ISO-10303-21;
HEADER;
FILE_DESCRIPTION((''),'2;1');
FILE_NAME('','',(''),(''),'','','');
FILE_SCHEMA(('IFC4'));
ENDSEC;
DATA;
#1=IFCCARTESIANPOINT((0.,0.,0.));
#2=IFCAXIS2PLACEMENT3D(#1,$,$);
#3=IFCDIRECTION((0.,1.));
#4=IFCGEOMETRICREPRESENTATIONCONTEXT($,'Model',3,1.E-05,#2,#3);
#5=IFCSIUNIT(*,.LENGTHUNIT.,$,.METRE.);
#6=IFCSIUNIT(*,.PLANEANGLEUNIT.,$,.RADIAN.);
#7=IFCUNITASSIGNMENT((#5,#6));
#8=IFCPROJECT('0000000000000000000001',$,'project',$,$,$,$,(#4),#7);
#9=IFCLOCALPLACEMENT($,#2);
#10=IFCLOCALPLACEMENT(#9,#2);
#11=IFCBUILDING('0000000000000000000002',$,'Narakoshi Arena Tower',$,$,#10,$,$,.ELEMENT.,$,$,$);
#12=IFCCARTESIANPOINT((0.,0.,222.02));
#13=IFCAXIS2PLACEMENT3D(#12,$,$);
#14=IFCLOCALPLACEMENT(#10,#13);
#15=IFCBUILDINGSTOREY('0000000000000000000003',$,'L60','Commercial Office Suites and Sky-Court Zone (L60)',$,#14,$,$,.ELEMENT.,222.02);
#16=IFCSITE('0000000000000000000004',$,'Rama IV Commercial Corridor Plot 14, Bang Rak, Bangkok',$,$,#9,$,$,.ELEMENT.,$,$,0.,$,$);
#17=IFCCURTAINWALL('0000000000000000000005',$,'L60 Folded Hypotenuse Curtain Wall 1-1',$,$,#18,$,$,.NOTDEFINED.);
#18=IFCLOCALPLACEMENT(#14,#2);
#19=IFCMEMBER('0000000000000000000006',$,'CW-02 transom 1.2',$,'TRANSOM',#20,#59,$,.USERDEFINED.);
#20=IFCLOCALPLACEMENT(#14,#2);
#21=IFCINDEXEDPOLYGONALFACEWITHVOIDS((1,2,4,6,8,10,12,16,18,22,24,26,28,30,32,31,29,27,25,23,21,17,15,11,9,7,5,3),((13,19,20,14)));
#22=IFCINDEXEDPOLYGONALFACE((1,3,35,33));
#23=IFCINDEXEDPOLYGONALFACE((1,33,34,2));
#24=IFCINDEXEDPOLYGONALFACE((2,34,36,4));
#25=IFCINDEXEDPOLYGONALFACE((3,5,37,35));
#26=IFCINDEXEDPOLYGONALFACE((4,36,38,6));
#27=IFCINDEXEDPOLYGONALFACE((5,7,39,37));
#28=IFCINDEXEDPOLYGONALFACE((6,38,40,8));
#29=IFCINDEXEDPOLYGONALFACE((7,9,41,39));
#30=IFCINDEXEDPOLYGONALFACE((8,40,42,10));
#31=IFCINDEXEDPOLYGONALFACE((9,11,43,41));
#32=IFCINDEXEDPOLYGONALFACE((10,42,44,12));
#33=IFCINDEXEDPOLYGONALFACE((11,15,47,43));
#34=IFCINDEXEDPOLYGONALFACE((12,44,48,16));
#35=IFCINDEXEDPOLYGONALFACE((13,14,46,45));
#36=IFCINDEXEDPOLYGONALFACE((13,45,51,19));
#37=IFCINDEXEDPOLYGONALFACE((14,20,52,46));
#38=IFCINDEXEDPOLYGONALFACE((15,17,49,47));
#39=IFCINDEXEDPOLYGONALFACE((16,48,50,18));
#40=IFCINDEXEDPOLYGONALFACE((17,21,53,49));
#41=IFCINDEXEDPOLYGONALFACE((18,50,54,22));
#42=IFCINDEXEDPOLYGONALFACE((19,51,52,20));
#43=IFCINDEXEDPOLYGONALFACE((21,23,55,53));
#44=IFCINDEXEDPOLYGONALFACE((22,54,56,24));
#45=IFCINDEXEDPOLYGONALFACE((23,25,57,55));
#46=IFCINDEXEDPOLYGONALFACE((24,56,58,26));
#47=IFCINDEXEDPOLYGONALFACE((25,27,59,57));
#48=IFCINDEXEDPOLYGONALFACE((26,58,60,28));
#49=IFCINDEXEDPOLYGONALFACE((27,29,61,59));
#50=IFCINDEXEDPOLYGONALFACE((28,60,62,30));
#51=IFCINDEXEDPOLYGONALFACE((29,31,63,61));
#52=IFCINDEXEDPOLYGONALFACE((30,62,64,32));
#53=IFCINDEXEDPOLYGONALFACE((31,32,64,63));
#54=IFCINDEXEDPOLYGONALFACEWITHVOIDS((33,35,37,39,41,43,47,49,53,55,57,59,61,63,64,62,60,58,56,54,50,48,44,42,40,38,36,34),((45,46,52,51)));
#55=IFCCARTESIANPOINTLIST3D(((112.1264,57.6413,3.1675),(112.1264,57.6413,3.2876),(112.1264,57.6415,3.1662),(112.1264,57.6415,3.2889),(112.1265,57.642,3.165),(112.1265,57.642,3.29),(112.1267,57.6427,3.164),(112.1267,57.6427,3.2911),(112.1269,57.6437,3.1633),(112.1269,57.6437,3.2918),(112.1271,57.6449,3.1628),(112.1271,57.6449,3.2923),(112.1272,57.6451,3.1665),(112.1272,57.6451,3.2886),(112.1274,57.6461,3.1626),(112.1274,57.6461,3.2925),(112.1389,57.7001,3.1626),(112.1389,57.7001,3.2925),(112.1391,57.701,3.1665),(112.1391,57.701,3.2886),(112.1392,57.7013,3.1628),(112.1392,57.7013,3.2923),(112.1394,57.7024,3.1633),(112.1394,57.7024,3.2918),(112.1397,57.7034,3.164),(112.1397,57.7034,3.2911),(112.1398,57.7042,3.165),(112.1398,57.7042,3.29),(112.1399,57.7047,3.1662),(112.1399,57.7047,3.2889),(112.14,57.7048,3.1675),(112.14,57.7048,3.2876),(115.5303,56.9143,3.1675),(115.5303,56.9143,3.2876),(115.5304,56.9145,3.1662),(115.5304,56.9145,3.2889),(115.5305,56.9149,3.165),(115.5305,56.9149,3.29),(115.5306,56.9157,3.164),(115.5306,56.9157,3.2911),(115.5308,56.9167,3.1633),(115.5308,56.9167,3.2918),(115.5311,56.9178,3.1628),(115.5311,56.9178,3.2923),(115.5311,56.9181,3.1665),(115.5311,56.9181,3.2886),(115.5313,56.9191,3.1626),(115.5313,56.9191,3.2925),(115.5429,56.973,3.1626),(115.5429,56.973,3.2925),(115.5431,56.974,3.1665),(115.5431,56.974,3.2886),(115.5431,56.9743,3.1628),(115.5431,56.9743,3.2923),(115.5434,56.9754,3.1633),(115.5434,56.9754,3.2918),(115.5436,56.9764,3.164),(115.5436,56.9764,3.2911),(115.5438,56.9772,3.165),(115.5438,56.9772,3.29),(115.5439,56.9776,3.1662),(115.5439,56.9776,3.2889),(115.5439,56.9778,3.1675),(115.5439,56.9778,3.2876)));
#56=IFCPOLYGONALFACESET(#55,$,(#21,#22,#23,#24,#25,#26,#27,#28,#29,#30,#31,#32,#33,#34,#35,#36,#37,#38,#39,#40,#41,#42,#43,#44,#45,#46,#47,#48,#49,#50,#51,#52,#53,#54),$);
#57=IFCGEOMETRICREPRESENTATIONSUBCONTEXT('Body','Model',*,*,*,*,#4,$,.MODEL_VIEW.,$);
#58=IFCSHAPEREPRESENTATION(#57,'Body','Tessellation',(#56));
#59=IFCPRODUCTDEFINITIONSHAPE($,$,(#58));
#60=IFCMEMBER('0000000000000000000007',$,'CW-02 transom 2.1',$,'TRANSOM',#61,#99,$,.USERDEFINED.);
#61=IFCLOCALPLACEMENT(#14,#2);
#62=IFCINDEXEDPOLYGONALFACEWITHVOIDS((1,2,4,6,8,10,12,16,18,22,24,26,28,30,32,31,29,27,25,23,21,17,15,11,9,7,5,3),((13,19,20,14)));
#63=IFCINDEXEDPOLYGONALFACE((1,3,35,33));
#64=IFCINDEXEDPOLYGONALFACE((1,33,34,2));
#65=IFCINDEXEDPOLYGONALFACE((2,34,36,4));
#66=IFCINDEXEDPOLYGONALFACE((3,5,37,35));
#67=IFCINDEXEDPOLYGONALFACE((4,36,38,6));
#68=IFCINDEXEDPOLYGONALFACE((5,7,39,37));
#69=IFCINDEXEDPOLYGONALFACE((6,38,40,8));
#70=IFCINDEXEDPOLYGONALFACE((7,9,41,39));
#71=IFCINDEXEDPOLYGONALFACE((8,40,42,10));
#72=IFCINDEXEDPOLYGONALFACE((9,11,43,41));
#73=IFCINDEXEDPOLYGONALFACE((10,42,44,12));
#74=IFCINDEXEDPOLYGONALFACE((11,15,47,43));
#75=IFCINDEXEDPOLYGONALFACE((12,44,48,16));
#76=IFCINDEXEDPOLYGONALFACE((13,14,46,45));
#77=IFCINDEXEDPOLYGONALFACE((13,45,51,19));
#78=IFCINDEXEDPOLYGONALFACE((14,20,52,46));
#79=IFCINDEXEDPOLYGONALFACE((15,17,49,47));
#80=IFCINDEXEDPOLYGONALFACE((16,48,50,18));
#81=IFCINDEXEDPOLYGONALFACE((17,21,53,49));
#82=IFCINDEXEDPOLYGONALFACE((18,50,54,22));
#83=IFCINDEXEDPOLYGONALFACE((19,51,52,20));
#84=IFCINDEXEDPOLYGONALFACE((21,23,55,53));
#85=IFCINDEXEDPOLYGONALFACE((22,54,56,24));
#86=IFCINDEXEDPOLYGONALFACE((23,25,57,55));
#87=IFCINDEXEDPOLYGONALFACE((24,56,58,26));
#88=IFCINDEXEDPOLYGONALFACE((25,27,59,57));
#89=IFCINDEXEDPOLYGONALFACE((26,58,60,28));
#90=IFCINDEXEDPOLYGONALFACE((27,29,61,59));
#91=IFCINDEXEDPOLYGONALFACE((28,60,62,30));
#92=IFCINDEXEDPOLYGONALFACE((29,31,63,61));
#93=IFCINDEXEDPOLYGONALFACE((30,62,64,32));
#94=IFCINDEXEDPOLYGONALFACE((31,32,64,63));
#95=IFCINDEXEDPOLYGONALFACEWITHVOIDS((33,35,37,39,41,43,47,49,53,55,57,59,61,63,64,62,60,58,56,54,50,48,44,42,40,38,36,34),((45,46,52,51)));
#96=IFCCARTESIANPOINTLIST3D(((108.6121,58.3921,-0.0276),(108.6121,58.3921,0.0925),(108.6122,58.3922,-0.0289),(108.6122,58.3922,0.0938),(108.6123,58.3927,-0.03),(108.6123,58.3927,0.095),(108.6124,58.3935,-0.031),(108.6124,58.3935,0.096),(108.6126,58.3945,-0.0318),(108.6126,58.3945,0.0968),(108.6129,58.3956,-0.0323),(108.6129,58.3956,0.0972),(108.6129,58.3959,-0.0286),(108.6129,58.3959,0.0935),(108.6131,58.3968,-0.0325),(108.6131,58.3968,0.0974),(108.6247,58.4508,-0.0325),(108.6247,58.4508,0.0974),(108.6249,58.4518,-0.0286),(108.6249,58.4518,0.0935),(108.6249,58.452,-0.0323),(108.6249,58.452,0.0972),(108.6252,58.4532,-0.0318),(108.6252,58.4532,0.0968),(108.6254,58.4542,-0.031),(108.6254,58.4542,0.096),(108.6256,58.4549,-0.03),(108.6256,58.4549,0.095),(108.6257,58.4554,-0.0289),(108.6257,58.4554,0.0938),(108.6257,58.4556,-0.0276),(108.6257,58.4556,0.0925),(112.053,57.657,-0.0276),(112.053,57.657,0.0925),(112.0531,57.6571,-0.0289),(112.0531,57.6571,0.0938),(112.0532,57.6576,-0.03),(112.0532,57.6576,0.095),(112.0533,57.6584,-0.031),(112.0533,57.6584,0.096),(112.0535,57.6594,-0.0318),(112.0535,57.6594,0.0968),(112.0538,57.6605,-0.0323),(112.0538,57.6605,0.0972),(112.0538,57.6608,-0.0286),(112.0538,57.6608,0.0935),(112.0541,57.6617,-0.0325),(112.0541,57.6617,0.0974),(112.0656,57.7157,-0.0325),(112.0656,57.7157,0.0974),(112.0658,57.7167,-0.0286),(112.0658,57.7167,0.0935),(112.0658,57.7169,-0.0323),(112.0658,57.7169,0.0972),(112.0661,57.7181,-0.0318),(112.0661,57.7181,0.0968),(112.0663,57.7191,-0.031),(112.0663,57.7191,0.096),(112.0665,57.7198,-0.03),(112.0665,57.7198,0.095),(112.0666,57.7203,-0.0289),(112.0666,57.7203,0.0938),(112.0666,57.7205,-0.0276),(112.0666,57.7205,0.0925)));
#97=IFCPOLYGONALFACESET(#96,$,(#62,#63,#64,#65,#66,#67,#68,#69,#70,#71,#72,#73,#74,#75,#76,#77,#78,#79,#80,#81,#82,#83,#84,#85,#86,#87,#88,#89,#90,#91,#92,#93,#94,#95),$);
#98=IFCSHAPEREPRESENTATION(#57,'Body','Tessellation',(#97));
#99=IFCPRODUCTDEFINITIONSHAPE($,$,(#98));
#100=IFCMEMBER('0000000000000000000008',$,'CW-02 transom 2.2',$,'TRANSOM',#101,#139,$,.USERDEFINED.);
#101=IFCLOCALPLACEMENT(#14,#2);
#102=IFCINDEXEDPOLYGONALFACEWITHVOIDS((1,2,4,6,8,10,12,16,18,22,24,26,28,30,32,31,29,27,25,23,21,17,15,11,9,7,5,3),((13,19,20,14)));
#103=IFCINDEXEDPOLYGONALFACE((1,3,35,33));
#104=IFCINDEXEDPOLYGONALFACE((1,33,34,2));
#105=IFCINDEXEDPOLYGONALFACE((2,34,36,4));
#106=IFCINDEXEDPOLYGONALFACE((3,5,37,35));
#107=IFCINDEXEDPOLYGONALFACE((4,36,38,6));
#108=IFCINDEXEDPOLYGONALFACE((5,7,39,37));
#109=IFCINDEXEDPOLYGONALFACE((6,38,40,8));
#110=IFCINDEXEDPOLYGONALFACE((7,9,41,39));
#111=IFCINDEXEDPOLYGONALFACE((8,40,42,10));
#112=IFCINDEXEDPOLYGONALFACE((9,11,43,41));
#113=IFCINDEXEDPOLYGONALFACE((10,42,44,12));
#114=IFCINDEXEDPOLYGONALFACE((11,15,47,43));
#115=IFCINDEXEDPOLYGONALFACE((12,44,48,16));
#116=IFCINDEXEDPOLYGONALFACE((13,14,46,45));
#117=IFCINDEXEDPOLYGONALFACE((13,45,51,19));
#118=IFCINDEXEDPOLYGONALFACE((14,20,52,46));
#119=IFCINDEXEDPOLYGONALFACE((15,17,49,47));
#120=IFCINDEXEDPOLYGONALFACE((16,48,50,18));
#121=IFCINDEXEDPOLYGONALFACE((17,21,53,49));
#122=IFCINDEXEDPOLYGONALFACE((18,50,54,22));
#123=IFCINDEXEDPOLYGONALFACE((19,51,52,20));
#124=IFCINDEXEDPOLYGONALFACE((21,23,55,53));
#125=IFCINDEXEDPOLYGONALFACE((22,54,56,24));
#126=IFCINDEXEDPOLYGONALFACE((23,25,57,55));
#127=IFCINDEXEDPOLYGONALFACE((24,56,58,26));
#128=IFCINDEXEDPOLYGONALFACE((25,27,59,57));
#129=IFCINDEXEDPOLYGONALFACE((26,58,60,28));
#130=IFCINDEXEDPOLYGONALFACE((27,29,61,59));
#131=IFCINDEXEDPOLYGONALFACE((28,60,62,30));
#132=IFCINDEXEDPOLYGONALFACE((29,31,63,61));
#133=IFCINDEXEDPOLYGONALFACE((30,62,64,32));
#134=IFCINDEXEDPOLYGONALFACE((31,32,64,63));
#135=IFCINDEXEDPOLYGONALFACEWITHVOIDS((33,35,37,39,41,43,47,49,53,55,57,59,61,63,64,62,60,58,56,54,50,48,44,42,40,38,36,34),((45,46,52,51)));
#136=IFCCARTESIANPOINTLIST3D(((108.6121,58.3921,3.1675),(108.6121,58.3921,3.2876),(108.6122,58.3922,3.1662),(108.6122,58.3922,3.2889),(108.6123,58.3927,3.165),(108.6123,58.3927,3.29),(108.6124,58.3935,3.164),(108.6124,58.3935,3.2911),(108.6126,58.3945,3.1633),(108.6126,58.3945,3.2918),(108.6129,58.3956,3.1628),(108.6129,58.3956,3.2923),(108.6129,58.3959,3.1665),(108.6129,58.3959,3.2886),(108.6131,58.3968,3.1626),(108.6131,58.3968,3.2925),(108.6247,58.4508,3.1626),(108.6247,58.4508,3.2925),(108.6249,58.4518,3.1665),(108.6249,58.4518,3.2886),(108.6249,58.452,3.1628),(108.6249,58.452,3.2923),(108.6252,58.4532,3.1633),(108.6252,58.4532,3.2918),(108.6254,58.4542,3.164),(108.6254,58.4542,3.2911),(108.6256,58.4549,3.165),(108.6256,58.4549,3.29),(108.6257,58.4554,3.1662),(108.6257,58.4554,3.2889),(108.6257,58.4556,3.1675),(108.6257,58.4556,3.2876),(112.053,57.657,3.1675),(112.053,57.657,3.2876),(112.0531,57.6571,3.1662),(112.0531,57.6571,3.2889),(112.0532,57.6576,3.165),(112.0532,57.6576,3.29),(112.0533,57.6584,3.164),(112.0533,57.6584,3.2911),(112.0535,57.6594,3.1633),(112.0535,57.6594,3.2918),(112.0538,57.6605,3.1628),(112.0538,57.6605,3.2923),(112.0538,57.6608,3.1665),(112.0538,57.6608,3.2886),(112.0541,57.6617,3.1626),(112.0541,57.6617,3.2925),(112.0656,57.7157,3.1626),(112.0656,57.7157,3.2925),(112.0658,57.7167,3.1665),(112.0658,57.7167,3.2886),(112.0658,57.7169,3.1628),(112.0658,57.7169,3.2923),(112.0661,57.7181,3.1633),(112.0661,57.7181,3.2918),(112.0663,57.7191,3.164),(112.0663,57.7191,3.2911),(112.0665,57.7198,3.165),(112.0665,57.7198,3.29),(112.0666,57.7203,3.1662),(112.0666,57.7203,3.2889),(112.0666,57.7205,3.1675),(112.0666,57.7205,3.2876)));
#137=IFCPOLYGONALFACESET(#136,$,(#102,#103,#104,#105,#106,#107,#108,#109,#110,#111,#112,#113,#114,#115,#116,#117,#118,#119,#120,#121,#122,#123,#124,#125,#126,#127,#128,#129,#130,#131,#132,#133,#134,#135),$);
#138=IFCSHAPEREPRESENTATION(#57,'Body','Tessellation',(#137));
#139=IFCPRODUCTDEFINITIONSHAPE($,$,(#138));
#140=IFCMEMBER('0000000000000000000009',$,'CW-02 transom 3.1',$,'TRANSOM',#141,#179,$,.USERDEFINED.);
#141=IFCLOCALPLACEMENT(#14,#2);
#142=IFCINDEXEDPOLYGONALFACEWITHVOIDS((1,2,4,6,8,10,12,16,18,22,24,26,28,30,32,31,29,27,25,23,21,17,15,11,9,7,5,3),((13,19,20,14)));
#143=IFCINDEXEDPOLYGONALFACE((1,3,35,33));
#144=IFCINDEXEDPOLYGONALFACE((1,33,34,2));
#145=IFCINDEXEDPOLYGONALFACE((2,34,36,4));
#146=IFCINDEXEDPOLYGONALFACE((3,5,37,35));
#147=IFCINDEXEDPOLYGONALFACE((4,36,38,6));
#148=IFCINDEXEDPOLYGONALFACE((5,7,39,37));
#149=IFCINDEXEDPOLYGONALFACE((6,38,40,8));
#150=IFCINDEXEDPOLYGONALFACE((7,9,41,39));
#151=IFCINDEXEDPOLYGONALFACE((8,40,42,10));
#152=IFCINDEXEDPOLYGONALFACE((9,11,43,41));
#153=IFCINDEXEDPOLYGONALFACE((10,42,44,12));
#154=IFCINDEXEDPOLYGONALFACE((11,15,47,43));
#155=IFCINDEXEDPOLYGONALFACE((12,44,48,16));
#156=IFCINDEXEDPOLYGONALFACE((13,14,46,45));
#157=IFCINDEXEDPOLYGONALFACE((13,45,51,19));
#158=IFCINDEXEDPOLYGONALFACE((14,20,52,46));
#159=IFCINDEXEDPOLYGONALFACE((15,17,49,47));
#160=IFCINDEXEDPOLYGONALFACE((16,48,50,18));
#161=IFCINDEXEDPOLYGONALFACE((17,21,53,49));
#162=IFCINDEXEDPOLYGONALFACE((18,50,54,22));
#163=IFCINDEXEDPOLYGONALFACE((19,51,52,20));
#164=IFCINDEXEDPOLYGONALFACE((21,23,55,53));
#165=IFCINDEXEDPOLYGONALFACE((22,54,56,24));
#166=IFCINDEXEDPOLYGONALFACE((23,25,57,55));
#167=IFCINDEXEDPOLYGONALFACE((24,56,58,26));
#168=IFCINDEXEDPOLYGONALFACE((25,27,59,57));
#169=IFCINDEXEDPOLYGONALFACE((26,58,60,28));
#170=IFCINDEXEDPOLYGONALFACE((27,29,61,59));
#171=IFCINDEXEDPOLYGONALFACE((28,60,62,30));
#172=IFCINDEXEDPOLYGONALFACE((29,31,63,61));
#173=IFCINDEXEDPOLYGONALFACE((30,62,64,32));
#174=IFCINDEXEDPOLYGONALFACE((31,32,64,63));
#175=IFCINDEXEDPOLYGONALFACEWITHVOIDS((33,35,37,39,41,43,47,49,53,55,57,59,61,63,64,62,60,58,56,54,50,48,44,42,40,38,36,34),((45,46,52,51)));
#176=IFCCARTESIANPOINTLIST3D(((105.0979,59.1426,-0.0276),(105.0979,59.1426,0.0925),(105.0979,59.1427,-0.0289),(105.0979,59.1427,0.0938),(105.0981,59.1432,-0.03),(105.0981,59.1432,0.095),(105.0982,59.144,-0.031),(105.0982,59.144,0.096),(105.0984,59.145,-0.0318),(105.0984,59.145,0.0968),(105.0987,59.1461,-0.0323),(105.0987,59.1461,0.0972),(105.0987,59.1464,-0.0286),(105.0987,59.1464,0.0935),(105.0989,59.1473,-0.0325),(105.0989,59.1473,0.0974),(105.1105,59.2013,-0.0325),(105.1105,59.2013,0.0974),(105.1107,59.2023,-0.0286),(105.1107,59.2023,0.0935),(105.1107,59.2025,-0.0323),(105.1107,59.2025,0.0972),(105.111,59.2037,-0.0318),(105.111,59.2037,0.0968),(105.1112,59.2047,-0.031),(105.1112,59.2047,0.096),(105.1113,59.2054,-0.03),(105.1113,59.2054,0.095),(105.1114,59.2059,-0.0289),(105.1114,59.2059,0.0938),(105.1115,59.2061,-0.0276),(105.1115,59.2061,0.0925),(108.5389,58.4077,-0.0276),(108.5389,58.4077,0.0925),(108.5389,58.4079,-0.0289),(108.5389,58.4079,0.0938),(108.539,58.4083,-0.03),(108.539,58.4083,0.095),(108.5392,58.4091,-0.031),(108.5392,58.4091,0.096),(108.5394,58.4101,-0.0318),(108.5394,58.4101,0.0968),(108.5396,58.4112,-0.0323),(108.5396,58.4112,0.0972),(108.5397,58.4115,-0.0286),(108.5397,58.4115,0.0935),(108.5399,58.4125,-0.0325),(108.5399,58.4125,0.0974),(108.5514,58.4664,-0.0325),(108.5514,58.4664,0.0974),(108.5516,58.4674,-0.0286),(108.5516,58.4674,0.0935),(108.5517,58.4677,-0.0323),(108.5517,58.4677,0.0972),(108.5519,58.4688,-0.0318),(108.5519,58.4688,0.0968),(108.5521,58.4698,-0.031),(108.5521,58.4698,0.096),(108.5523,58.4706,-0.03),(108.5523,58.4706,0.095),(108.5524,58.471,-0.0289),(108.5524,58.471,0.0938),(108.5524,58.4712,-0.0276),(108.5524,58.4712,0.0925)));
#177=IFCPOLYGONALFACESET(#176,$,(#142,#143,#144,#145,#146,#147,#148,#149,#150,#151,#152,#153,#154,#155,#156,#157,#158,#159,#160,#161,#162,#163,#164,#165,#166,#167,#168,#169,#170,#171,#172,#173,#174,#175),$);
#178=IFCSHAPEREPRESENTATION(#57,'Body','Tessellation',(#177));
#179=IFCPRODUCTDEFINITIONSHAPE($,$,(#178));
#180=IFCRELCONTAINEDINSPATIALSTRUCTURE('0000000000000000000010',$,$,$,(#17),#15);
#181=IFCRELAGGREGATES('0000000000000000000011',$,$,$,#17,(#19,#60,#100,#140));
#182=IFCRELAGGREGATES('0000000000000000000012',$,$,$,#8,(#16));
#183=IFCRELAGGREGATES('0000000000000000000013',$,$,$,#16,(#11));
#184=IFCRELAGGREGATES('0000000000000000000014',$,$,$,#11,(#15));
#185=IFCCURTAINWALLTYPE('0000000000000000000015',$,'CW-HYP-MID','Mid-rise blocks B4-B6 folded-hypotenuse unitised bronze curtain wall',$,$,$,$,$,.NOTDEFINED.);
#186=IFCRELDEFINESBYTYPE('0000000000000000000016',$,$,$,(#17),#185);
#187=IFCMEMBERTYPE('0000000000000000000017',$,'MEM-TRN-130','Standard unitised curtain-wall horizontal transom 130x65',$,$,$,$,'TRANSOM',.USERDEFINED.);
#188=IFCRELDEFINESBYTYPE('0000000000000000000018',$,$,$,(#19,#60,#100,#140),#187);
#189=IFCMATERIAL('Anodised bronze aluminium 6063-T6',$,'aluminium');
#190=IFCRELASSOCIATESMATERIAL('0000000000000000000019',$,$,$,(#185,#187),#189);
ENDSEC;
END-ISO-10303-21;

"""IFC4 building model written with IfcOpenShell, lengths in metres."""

from ifc_helpers import new_model, si_unit, direction, frame, origin, origin_2d, place, context, subcontext, project, spatial, hollow_rectangle, extrude, material, material_profile, profile_set, type_object, element, aggregate, save


model = new_model("IFC4")

# Units and contexts
model_context = context("Model", 3, precision=1e-05, world=origin(), true_north=direction((0.0, 1.0)))
body_context = subcontext(model_context, "Body", "Model", "MODEL_VIEW")
ifc_project = project(units=[si_unit("LENGTHUNIT", "METRE"), si_unit("PLANEANGLEUNIT", "RADIAN")], contexts=[model_context])

# Site, building, storey
site_placement = place(None, origin())
site = spatial("IfcSite", under=ifc_project, at=site_placement, Name="Rama IV Commercial Corridor Plot 14, Bang Rak, Bangkok", CompositionType="ELEMENT", RefElevation=0.0)
building_placement = place(site_placement, origin())
building = spatial("IfcBuilding", under=site, at=building_placement, Name="Narakoshi Arena Tower", CompositionType="ELEMENT")
storey_placement = place(building_placement, frame((0.0, 0.0, 222.02)))
storey = spatial("IfcBuildingStorey", under=building, at=storey_placement, Name="L60", Description="Commercial Office Suites and Sky-Court Zone (L60)", CompositionType="ELEMENT", Elevation=222.02)

# Curtain wall, members
ifc_material_1 = material(Name="Anodised bronze aluminium 6063-T6", Category="aluminium")
curtain_wall_type = type_object("IfcCurtainWallType", Name="CW-HYP-MID", Description="Mid-rise blocks B4-B6 folded-hypotenuse unitised bronze curtain wall", PredefinedType="NOTDEFINED", material=ifc_material_1)
curtain_wall_placement = place(storey_placement, origin())
curtain_wall = element("IfcCurtainWall", 1, at=curtain_wall_placement, inside=storey, type_object=curtain_wall_type, Name="L60 Folded Hypotenuse Curtain Wall 1-1", PredefinedType="NOTDEFINED")
ifc_material_profile_1 = material_profile(ifc_material_1, hollow_rectangle(XDim=0.0649, YDim=0.1299, WallThickness=0.0039, OuterFilletRadius=0.0049, at=origin_2d()), Name="TRN130x65x4")
ifc_profile_set_1 = profile_set([ifc_material_profile_1], Name="Anodised bronze aluminium 6063-T6")
member_type_1 = type_object("IfcMemberType", Name="MEM-TRN-130", Description="Standard unitised curtain-wall horizontal transom 130x65", ElementType="TRANSOM", PredefinedType="USERDEFINED", material=ifc_profile_set_1)
member_1_placement = place(storey_placement, frame((115.5371, 56.946, 3.2275), z_axis=(-0.977943, 0.208873, 0.0), x_axis=(-0.208873, -0.977943, 0.0)))
member_1 = element("IfcMember", 2, at=member_1_placement, type_object=member_type_1, Name="CW-02 transom 1.2", ObjectType="TRANSOM", PredefinedType="USERDEFINED", context=body_context, shape_type="SweptSolid", body=[
    extrude(hollow_rectangle(XDim=0.0649, YDim=0.1299, WallThickness=0.0039, OuterFilletRadius=0.0049, at=origin_2d()), origin(), (0.0, 0.0, 1.0), 3.4807),
])
member_2_placement = place(storey_placement, frame((112.0598, 57.6887, 0.0325), z_axis=(-0.977932, 0.208923, 0.0), x_axis=(-0.208923, -0.977932, 0.0)))
member_2 = element("IfcMember", 3, at=member_2_placement, type_object=member_type_1, Name="CW-02 transom 2.1", ObjectType="TRANSOM", PredefinedType="USERDEFINED", context=body_context, shape_type="SweptSolid", body=[
    extrude(hollow_rectangle(XDim=0.0649, YDim=0.1299, WallThickness=0.0039, OuterFilletRadius=0.0049, at=origin_2d()), origin(), (0.0, 0.0, 1.0), 3.5186),
])
member_3_placement = place(storey_placement, frame((112.0598, 57.6887, 3.2275), z_axis=(-0.977932, 0.208923, 0.0), x_axis=(-0.208923, -0.977932, 0.0)))
member_3 = element("IfcMember", 4, at=member_3_placement, type_object=member_type_1, Name="CW-02 transom 2.2", ObjectType="TRANSOM", PredefinedType="USERDEFINED", context=body_context, shape_type="SweptSolid", body=[
    extrude(hollow_rectangle(XDim=0.0649, YDim=0.1299, WallThickness=0.0039, OuterFilletRadius=0.0049, at=origin_2d()), origin(), (0.0, 0.0, 1.0), 3.5186),
])
member_4_placement = place(storey_placement, frame((108.5457, 58.4395, 0.0325), z_axis=(-0.977946, 0.208856, 0.0), x_axis=(-0.208856, -0.977946, 0.0)))
member_4 = element("IfcMember", 5, at=member_4_placement, type_object=member_type_1, Name="CW-02 transom 3.1", ObjectType="TRANSOM", PredefinedType="USERDEFINED", context=body_context, shape_type="SweptSolid", body=[
    extrude(hollow_rectangle(XDim=0.0649, YDim=0.1299, WallThickness=0.0039, OuterFilletRadius=0.0049, at=origin_2d()), origin(), (0.0, 0.0, 1.0), 3.5186),
])
aggregate(curtain_wall, [member_1, member_2, member_3, member_4])

save(model, "model.ifc")
